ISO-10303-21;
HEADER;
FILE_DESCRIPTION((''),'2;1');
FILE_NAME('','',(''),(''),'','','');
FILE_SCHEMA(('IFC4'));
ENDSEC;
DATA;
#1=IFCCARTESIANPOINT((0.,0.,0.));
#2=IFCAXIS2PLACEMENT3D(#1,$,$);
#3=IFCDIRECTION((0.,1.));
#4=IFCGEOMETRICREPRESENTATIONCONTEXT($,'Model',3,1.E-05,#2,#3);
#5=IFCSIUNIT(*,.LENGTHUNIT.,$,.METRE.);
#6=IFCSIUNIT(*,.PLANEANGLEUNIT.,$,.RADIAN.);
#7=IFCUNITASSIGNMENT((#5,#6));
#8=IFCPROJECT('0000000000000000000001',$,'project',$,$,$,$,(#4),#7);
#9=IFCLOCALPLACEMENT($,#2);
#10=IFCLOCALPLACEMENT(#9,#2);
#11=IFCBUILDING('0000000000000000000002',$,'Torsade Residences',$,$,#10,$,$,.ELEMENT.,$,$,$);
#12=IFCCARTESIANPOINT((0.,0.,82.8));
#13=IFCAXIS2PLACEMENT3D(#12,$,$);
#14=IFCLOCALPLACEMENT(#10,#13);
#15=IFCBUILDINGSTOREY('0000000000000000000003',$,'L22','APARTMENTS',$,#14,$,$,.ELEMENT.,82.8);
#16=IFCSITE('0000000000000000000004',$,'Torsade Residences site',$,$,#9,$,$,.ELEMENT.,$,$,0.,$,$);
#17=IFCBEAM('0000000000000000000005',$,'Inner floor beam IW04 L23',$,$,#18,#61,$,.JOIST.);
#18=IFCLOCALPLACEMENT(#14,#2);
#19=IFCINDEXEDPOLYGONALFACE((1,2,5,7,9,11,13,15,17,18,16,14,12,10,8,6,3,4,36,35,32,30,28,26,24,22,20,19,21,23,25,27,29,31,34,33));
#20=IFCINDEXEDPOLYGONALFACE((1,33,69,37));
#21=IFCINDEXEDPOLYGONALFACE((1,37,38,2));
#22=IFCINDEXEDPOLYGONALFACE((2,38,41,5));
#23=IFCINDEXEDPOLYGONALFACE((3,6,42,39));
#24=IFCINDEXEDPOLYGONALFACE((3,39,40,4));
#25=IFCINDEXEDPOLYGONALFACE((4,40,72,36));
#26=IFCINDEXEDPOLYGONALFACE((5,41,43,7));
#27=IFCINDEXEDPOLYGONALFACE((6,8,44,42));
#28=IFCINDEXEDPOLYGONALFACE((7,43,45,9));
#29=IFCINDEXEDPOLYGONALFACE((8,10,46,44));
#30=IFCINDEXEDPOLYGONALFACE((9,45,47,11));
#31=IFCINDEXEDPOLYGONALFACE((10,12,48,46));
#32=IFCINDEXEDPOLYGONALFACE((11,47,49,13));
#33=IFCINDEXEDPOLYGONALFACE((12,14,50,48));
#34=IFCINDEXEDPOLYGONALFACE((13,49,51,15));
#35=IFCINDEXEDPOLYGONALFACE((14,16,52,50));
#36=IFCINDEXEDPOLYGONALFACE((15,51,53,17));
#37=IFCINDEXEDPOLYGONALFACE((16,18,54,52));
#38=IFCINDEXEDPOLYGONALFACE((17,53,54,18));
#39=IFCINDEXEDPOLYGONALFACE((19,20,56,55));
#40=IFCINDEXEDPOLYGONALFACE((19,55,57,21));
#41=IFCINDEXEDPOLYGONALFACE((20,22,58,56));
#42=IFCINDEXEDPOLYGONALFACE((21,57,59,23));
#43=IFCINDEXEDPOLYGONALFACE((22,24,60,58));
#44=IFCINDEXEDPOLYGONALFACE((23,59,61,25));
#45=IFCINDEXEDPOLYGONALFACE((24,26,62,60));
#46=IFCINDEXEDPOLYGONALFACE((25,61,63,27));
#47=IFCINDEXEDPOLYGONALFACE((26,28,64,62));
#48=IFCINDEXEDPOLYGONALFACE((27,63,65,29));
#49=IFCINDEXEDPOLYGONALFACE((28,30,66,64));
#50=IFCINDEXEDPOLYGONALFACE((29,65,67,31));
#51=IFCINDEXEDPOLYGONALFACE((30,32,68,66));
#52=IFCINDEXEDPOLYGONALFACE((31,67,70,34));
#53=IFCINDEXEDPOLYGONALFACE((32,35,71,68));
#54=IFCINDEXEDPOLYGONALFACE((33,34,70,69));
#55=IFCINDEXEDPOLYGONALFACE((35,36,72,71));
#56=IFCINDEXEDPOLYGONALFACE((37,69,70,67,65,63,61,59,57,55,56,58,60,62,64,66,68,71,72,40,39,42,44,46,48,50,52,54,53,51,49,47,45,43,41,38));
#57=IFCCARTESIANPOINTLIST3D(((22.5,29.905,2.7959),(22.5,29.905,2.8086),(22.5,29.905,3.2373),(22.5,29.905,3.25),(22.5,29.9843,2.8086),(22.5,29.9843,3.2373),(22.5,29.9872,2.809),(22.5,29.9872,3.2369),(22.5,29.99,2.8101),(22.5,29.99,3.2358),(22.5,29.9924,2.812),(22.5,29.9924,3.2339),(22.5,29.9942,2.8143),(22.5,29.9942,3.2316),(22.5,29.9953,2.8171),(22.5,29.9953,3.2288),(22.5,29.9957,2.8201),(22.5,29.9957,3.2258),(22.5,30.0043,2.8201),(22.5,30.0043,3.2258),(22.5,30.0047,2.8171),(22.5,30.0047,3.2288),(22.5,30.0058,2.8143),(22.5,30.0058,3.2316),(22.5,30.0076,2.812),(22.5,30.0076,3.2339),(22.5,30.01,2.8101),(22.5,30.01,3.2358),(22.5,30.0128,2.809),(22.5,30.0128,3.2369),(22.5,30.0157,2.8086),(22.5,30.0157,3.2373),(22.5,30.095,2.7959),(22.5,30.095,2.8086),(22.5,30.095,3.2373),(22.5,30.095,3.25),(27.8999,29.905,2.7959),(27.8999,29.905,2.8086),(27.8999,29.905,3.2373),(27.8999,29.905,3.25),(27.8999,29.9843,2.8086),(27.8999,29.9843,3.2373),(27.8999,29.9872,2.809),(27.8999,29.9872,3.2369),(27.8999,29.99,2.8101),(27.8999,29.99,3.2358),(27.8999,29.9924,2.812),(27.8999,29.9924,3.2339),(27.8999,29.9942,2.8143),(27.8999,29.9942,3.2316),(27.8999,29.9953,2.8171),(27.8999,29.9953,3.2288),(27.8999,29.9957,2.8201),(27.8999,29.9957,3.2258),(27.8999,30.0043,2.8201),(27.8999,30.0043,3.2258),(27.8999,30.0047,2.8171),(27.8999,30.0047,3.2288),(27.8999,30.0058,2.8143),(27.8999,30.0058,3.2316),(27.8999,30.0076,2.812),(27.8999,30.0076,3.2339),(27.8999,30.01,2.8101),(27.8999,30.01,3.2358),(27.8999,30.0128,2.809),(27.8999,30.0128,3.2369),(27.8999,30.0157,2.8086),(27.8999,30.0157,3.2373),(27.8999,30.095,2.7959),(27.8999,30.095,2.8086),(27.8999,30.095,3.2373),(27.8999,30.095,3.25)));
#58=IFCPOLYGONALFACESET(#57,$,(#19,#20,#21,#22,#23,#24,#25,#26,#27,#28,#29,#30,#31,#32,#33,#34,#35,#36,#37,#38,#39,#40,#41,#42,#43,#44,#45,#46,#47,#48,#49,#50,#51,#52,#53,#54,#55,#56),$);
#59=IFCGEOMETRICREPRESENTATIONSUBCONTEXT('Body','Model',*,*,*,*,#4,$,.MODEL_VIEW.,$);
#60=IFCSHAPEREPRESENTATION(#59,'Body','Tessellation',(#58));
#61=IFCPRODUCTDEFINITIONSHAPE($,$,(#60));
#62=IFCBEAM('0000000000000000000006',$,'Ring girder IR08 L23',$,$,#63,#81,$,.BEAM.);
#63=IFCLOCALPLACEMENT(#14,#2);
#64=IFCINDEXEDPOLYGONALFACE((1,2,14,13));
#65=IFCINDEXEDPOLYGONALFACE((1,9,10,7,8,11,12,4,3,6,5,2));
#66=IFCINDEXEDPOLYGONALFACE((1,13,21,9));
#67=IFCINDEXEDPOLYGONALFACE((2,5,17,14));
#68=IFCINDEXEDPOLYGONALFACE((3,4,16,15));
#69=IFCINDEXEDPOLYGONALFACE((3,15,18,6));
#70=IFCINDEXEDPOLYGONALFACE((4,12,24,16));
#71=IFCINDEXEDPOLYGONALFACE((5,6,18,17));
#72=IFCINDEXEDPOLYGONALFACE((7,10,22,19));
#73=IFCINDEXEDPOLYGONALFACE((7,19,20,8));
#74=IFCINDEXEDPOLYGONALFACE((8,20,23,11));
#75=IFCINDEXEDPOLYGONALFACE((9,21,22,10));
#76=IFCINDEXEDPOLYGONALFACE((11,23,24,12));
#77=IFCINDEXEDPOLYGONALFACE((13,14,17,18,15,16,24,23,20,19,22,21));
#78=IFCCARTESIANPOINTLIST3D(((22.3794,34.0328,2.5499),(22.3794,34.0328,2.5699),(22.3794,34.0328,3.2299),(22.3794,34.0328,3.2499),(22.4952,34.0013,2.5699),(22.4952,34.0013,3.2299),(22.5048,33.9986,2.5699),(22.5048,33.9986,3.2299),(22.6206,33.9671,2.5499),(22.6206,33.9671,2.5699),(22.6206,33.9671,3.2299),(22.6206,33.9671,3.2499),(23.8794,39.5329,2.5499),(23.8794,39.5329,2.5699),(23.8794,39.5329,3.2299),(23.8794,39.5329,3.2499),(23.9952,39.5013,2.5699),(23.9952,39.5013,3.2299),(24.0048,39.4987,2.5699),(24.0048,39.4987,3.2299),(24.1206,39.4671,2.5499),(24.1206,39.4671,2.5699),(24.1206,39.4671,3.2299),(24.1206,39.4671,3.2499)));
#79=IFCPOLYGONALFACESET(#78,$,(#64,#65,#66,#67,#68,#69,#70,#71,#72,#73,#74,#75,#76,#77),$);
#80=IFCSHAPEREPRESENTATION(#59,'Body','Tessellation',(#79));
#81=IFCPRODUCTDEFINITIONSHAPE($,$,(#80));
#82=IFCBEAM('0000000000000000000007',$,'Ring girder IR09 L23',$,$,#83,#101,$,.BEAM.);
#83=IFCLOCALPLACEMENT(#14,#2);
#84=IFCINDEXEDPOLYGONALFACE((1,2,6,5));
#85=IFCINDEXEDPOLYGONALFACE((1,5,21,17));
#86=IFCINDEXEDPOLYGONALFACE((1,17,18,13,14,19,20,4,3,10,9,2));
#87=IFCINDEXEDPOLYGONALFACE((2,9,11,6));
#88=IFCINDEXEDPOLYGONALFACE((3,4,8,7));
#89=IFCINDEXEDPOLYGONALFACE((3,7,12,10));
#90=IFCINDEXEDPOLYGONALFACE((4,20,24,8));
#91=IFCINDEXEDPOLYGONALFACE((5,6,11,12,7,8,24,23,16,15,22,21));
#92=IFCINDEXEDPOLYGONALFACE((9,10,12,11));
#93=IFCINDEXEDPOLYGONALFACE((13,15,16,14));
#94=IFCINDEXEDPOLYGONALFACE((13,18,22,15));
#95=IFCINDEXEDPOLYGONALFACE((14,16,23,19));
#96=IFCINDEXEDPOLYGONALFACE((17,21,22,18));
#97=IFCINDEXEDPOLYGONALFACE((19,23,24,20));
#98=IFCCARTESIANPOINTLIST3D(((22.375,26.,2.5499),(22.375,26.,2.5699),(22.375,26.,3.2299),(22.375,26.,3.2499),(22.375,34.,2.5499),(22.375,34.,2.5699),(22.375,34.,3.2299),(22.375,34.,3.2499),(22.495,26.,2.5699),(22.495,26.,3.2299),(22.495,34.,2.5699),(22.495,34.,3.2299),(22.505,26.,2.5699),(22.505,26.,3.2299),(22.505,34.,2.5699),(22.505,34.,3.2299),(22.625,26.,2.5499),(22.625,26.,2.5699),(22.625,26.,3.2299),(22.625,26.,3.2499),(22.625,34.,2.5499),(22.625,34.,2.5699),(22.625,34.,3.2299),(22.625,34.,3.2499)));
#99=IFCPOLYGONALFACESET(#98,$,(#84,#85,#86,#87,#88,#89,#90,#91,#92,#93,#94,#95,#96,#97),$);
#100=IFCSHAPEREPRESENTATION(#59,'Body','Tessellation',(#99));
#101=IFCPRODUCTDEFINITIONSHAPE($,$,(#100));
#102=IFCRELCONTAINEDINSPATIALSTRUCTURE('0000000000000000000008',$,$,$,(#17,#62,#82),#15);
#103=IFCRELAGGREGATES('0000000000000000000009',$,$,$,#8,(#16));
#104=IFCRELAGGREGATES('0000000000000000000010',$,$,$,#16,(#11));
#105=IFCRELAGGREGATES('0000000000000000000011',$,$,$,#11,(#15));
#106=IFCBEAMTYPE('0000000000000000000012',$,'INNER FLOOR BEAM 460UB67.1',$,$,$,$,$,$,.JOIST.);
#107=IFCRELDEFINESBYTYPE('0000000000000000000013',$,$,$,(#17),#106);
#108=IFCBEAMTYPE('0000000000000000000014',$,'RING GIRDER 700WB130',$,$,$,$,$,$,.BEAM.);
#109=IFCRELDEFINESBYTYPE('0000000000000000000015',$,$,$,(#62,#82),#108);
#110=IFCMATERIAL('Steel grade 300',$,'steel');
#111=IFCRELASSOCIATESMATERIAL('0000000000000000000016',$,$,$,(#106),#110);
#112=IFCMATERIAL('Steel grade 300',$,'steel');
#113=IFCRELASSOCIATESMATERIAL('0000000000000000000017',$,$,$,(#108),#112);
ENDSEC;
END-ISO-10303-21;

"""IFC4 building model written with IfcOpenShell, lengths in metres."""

from ifc_helpers import new_model, si_unit, direction, frame, origin, origin_2d, place, context, subcontext, project, spatial, i_section, extrude, material, material_profile, profile_set, type_object, element, save


model = new_model("IFC4")

# Units and contexts
model_context = context("Model", 3, precision=1e-05, world=origin(), true_north=direction((0.0, 1.0)))
body_context = subcontext(model_context, "Body", "Model", "MODEL_VIEW")
ifc_project = project(units=[si_unit("LENGTHUNIT", "METRE"), si_unit("PLANEANGLEUNIT", "RADIAN")], contexts=[model_context])

# Site, building, storey
site_placement = place(None, origin())
site = spatial("IfcSite", under=ifc_project, at=site_placement, Name="Torsade Residences site", CompositionType="ELEMENT", RefElevation=0.0)
building_placement = place(site_placement, origin())
building = spatial("IfcBuilding", under=site, at=building_placement, Name="Torsade Residences", CompositionType="ELEMENT")
storey_placement = place(building_placement, frame((0.0, 0.0, 82.8)))
storey = spatial("IfcBuildingStorey", under=building, at=storey_placement, Name="L22", Description="APARTMENTS", CompositionType="ELEMENT", Elevation=82.8)

# Beams
ifc_material_1 = material(Name="Steel grade 300", Category="steel")
ifc_material_profile_1 = material_profile(ifc_material_1, i_section(OverallWidth=0.1899, OverallDepth=0.4541, WebThickness=0.0085, FlangeThickness=0.0127, FilletRadius=0.0115, at=origin_2d()), Name="460UB67.1")
ifc_profile_set_1 = profile_set([ifc_material_profile_1], Name="Steel grade 300")
beam_type_1 = type_object("IfcBeamType", Name="INNER FLOOR BEAM 460UB67.1", PredefinedType="JOIST", material=ifc_profile_set_1)
for number, where, z_axis, x_axis, name in (
    (1, (27.8999, 30.0, 3.0229), (-1.0, 0.0, 0.0), (0.0, -1.0, 0.0), "Inner floor beam IW04 L23"),
):
    element("IfcBeam", number, at=place(storey_placement, frame(where, z_axis=z_axis, x_axis=x_axis)), inside=storey, type_object=beam_type_1, Name=name, PredefinedType="JOIST", context=body_context, shape_type="SweptSolid", body=[
        extrude(i_section(OverallWidth=0.1899, OverallDepth=0.4541, WebThickness=0.0085, FlangeThickness=0.0127, FilletRadius=0.0115, at=origin_2d()), origin(), (0.0, 0.0, 1.0), 5.3999),
    ])
ifc_material_2 = material(Name="Steel grade 300", Category="steel")
ifc_material_profile_2 = material_profile(ifc_material_2, i_section(OverallWidth=0.25, OverallDepth=0.7, WebThickness=0.01, FlangeThickness=0.02, at=origin_2d()), Name="700WB130")
ifc_profile_set_2 = profile_set([ifc_material_profile_2], Name="Steel grade 300")
beam_type_2 = type_object("IfcBeamType", Name="RING GIRDER 700WB130", PredefinedType="BEAM", material=ifc_profile_set_2)
beam_1_placement = place(storey_placement, frame((24.0, 39.5, 2.8999), z_axis=(-0.263117, -0.964764, 0.0), x_axis=(0.964764, -0.263117, 0.0)))
element("IfcBeam", 2, at=beam_1_placement, inside=storey, type_object=beam_type_2, Name="Ring girder IR08 L23", PredefinedType="BEAM", context=body_context, shape_type="SweptSolid", body=[
    extrude(i_section(OverallWidth=0.25, OverallDepth=0.7, WebThickness=0.01, FlangeThickness=0.02, at=origin_2d()), origin(), (0.0, 0.0, 1.0), 5.7009),
])
beam_2_placement = place(storey_placement, frame((22.5, 34.0, 2.8999), z_axis=(0.0, -1.0, 0.0), x_axis=(1.0, 0.0, 0.0)))
element("IfcBeam", 3, at=beam_2_placement, inside=storey, type_object=beam_type_2, Name="Ring girder IR09 L23", PredefinedType="BEAM", context=body_context, shape_type="SweptSolid", body=[
    extrude(i_section(OverallWidth=0.25, OverallDepth=0.7, WebThickness=0.01, FlangeThickness=0.02, at=origin_2d()), origin(), (0.0, 0.0, 1.0), 8.0),
])

save(model, "model.ifc")
